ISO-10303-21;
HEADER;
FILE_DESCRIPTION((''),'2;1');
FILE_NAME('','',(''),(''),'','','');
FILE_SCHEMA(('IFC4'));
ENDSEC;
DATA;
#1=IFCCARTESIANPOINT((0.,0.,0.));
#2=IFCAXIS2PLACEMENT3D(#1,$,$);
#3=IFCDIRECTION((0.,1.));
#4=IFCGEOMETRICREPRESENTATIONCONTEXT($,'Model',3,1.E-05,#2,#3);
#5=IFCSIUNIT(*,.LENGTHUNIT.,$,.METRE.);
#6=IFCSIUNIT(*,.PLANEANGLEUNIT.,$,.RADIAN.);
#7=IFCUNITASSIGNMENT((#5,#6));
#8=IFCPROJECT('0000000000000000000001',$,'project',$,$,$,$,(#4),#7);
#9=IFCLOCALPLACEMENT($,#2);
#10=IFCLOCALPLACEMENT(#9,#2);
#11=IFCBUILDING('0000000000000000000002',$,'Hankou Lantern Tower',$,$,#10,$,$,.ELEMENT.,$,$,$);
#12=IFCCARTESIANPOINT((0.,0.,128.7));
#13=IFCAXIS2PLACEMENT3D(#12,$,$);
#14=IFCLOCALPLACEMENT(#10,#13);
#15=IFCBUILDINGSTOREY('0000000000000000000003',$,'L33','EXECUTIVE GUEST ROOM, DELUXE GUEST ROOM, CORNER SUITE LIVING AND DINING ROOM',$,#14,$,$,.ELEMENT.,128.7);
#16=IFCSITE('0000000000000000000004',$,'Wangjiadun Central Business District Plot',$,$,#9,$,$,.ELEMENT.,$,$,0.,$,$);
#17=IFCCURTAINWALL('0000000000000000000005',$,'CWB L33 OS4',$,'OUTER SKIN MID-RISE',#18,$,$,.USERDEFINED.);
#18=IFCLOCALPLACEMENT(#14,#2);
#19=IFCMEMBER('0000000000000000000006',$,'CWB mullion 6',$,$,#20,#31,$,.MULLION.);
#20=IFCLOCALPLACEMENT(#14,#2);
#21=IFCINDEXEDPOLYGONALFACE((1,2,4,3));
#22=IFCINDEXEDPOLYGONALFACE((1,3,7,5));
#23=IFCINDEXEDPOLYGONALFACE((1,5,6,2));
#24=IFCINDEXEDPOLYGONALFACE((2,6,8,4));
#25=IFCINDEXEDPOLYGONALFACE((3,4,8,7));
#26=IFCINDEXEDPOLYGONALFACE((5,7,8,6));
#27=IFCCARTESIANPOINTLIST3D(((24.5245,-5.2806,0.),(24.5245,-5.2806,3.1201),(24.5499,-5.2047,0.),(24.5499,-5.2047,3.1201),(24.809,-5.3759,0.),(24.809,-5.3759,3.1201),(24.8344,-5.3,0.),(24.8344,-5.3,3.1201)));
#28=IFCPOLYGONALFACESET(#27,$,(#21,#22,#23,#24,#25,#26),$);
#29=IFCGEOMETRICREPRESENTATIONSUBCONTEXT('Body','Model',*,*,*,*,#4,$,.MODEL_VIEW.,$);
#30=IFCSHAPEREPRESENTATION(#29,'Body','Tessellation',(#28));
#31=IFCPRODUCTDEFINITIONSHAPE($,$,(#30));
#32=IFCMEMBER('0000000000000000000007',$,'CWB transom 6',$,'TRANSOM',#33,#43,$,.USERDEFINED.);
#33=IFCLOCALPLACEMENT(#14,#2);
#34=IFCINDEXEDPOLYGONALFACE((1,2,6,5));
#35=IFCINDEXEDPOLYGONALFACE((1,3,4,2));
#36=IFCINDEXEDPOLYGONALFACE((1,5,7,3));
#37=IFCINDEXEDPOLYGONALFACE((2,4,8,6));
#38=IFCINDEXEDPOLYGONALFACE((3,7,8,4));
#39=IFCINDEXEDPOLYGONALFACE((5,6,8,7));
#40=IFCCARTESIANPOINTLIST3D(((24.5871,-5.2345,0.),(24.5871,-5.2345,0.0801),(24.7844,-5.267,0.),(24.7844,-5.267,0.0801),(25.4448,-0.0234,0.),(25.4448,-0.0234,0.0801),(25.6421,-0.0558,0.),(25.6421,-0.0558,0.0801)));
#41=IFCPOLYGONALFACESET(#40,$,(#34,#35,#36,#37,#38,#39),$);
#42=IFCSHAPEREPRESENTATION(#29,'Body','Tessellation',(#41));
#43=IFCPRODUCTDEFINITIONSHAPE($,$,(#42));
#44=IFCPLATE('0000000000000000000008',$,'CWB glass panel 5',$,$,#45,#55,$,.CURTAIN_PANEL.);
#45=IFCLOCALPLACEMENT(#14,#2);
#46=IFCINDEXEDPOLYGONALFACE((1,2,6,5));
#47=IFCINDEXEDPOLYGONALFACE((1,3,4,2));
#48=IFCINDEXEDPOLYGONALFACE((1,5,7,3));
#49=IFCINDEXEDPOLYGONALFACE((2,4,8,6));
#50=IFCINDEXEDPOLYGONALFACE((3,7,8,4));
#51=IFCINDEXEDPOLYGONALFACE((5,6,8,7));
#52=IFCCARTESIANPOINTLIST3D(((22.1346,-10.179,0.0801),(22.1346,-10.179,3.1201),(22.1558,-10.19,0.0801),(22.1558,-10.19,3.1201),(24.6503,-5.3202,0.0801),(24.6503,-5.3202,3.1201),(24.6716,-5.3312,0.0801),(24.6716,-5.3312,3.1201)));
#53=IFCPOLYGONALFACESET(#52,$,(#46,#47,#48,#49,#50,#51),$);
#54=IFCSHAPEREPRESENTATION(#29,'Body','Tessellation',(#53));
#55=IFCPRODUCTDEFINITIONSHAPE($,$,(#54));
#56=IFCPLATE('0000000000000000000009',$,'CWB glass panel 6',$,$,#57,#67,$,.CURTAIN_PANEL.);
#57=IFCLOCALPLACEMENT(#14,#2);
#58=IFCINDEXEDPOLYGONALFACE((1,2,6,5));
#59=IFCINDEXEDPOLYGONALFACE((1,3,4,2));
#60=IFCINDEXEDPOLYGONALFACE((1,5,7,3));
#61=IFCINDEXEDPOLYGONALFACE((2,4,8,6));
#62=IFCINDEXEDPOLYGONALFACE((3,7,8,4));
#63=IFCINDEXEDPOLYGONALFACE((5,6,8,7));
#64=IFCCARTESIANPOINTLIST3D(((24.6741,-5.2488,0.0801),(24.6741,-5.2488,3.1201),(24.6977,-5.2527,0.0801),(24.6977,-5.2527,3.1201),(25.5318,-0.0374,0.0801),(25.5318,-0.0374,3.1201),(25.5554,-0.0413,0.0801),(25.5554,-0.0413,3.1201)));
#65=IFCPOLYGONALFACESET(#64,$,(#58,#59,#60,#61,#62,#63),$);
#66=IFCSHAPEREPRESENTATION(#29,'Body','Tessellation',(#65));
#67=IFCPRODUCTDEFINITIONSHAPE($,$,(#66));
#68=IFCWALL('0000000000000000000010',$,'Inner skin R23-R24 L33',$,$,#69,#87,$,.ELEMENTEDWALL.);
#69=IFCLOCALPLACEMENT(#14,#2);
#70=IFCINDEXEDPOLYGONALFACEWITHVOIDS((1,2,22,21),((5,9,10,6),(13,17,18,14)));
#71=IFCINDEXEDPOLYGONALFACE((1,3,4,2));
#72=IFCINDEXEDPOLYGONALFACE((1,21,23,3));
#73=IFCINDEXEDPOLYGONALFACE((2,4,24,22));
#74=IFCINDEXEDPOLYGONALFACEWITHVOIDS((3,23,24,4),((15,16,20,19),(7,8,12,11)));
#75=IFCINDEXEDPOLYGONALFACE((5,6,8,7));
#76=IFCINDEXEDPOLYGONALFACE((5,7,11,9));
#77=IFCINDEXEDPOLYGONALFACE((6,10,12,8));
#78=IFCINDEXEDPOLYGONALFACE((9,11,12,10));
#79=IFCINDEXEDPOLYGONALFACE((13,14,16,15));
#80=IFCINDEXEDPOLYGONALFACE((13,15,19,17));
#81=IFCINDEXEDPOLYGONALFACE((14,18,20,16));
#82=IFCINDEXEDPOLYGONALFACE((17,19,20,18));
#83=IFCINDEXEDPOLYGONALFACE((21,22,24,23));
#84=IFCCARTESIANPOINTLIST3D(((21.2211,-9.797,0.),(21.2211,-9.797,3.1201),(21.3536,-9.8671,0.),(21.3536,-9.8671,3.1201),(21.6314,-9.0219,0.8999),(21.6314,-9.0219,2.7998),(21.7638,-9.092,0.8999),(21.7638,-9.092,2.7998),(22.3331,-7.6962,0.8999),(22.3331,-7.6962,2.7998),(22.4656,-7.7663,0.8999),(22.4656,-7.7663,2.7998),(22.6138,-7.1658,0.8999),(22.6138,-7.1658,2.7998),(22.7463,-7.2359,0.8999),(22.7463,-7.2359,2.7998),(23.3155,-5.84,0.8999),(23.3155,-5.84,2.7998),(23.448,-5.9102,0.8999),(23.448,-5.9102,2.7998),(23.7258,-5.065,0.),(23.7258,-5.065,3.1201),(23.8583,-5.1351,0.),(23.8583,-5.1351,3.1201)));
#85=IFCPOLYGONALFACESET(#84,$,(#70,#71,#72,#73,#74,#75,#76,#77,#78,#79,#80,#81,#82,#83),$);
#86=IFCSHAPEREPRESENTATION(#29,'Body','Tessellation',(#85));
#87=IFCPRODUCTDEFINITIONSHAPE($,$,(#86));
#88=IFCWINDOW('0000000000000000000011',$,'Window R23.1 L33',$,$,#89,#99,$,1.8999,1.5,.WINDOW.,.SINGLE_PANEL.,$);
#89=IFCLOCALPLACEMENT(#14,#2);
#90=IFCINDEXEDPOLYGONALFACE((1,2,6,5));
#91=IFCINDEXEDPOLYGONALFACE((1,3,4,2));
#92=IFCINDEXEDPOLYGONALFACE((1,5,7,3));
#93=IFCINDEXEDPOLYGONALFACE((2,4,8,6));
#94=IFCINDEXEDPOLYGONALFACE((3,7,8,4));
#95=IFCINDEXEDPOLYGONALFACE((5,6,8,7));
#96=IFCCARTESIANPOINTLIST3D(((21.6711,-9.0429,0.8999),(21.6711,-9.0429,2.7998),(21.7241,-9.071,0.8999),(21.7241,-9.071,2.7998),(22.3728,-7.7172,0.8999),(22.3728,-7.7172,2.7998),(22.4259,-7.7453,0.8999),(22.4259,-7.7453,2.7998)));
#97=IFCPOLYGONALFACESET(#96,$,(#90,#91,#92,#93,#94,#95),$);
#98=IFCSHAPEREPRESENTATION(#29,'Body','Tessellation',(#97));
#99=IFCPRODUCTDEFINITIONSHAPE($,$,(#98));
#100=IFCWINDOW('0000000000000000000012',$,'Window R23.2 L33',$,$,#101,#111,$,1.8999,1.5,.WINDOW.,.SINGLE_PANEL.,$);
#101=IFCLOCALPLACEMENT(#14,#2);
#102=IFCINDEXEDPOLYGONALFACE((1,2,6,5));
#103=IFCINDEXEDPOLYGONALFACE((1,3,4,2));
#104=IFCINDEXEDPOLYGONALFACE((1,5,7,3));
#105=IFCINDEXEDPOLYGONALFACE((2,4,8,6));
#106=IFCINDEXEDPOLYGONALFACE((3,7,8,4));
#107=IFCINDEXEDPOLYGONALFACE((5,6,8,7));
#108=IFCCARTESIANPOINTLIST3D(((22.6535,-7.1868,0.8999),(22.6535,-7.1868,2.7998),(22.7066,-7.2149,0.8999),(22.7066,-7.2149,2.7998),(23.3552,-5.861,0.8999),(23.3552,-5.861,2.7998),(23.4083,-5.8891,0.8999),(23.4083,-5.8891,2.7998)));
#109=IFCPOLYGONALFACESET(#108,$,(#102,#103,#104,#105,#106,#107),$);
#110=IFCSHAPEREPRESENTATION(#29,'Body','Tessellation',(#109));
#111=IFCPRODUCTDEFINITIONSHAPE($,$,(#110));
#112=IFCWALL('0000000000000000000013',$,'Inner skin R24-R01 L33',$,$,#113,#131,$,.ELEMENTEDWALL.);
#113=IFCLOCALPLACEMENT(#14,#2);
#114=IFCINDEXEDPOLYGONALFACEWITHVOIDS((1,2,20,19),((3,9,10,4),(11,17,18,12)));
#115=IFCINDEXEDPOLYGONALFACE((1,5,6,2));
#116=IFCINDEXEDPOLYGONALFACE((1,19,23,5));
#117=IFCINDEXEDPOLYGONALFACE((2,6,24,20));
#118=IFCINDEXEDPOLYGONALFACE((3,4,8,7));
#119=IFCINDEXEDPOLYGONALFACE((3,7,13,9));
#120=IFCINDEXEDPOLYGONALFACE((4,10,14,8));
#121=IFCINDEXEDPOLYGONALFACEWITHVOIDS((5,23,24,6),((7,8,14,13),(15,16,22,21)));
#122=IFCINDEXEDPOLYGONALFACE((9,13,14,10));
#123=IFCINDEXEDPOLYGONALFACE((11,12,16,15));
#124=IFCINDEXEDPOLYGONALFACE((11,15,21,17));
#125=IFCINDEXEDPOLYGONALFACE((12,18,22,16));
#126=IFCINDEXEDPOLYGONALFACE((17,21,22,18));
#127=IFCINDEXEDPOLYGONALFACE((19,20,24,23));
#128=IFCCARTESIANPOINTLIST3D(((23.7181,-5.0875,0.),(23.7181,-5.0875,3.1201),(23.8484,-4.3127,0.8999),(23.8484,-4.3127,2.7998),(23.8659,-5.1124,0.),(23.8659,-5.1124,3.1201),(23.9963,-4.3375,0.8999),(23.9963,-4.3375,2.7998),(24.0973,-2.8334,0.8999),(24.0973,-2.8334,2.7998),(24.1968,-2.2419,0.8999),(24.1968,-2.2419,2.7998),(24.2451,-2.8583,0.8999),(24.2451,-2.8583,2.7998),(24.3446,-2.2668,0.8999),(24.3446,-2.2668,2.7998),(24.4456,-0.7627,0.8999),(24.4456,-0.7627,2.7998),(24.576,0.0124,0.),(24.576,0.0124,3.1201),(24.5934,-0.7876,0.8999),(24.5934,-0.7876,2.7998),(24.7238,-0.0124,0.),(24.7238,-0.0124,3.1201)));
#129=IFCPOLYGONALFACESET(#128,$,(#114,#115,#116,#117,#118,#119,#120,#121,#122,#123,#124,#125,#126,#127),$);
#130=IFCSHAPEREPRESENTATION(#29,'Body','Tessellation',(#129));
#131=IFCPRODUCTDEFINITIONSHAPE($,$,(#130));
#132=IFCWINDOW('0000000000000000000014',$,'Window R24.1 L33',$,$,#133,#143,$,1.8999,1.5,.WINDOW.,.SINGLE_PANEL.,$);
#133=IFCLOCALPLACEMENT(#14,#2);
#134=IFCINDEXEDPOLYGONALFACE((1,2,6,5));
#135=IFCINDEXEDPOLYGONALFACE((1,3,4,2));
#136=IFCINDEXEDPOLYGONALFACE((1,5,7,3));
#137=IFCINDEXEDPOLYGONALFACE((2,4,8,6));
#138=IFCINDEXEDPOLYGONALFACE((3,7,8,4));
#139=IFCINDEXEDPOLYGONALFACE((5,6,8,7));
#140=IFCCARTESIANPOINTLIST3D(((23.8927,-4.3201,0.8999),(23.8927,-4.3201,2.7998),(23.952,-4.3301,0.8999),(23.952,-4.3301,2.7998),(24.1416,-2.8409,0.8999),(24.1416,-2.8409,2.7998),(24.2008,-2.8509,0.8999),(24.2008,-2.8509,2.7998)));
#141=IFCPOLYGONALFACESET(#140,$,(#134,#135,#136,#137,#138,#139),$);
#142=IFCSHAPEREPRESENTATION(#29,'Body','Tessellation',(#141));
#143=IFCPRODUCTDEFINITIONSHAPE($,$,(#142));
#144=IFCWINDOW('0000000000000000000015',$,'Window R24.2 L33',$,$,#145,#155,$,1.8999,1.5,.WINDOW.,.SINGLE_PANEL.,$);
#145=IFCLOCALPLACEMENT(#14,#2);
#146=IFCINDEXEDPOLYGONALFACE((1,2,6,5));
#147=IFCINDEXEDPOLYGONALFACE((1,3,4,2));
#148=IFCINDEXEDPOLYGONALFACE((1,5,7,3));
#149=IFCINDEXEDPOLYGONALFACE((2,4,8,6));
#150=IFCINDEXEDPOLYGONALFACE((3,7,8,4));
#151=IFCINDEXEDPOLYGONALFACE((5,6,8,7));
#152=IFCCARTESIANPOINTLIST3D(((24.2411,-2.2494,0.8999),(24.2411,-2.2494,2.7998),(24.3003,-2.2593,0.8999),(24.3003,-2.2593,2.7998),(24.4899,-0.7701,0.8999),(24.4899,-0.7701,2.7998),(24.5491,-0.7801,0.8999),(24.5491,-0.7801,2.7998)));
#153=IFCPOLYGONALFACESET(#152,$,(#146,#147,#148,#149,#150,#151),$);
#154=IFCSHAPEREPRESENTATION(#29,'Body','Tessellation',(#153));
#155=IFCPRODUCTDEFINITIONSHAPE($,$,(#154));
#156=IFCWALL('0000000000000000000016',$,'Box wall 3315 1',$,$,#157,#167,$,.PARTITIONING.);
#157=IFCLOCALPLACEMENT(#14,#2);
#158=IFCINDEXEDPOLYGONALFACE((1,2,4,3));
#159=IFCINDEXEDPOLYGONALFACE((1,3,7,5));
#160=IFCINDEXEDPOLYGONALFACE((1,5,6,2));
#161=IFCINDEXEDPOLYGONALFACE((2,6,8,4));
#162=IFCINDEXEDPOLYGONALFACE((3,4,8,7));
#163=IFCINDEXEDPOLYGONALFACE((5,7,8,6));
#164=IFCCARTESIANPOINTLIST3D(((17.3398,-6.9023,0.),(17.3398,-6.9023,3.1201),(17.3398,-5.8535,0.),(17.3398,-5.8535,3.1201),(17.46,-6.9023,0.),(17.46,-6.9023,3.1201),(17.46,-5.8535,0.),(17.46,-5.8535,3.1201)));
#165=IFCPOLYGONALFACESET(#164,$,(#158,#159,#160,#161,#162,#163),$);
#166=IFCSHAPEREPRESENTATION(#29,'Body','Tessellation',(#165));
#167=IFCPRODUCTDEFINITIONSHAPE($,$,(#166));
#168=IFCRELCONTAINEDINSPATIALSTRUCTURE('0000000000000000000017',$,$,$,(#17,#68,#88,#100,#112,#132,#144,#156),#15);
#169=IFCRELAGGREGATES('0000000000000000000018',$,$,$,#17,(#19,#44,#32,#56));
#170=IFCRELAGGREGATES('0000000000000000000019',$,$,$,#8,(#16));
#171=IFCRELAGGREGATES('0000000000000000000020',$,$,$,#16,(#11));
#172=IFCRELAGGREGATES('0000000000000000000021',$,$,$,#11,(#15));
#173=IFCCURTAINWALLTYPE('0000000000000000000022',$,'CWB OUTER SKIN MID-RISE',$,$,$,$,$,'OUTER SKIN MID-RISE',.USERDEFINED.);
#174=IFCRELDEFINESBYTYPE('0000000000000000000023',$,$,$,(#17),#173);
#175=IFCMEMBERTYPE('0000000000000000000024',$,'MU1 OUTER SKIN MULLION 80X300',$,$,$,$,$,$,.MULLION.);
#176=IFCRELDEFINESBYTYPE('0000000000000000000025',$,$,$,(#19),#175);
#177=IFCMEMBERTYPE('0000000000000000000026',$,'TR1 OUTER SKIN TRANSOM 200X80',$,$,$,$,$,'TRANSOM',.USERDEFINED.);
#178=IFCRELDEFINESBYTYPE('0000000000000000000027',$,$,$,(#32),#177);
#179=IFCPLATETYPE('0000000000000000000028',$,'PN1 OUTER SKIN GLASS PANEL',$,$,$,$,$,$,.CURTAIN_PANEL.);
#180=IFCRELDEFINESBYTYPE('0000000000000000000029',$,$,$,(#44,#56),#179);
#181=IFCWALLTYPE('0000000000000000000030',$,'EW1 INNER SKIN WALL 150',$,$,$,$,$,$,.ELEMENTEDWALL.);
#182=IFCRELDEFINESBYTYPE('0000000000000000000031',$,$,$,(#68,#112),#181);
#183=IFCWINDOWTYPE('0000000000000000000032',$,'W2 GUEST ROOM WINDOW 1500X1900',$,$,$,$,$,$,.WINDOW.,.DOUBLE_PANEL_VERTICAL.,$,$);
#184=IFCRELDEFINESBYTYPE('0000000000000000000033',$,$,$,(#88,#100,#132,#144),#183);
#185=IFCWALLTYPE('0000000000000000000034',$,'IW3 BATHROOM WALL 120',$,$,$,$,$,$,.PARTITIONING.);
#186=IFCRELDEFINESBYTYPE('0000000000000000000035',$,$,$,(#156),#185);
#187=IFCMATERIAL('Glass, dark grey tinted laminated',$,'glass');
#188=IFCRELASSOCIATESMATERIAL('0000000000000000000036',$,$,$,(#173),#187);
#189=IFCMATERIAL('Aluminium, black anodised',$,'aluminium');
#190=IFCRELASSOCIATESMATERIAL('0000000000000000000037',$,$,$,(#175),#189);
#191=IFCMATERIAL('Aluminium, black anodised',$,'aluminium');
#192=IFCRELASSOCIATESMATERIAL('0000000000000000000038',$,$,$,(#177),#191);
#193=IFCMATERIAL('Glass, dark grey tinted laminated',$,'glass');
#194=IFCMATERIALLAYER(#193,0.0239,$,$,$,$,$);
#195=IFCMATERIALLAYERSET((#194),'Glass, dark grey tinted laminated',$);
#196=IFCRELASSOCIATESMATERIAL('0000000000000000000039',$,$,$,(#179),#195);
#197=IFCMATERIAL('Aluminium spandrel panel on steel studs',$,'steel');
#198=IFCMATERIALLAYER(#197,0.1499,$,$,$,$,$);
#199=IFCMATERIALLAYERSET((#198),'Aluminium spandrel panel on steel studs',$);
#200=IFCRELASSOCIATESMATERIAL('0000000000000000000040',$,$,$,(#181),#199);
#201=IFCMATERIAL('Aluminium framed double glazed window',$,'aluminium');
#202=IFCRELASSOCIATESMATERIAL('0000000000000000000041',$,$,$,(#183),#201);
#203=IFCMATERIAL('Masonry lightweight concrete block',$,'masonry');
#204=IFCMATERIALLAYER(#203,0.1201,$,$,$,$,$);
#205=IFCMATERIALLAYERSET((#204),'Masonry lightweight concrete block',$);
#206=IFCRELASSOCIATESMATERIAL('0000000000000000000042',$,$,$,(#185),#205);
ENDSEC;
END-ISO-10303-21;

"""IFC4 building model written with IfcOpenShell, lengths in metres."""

from ifc_helpers import new_model, si_unit, direction, frame, frame_2d, origin, origin_2d, place, context, subcontext, project, spatial, rectangle, extrude, material, layer, layer_set, material_profile, profile_set, type_object, element, fill, aggregate, save


model = new_model("IFC4")

# Units and contexts
model_context = context("Model", 3, precision=1e-05, world=origin(), true_north=direction((0.0, 1.0)))
body_context = subcontext(model_context, "Body", "Model", "MODEL_VIEW")
ifc_project = project(units=[si_unit("LENGTHUNIT", "METRE"), si_unit("PLANEANGLEUNIT", "RADIAN")], contexts=[model_context])

# Site, building, storey
site_placement = place(None, origin())
site = spatial("IfcSite", under=ifc_project, at=site_placement, Name="Wangjiadun Central Business District Plot", CompositionType="ELEMENT", RefElevation=0.0)
building_placement = place(site_placement, origin())
building = spatial("IfcBuilding", under=site, at=building_placement, Name="Hankou Lantern Tower", CompositionType="ELEMENT")
storey_placement = place(building_placement, frame((0.0, 0.0, 128.7)))
storey = spatial("IfcBuildingStorey", under=building, at=storey_placement, Name="L33", Description="EXECUTIVE GUEST ROOM, DELUXE GUEST ROOM, CORNER SUITE LIVING AND DINING ROOM", CompositionType="ELEMENT", Elevation=128.7)

# Curtain wall, members, plates
ifc_material_1 = material(Name="Glass, dark grey tinted laminated", Category="glass")
curtain_wall_type = type_object("IfcCurtainWallType", Name="CWB OUTER SKIN MID-RISE", ElementType="OUTER SKIN MID-RISE", PredefinedType="USERDEFINED", material=ifc_material_1)
curtain_wall_placement = place(storey_placement, origin())
curtain_wall = element("IfcCurtainWall", 1, at=curtain_wall_placement, inside=storey, type_object=curtain_wall_type, Name="CWB L33 OS4", ObjectType="OUTER SKIN MID-RISE", PredefinedType="USERDEFINED")
ifc_material_2 = material(Name="Aluminium, black anodised", Category="aluminium")
ifc_material_profile_1 = material_profile(ifc_material_2, rectangle(XDim=0.0801, YDim=0.3, at=origin_2d()), Name="MU1 80X300")
ifc_profile_set_1 = profile_set([ifc_material_profile_1], Name="Aluminium, black anodised")
member_type_1 = type_object("IfcMemberType", Name="MU1 OUTER SKIN MULLION 80X300", PredefinedType="MULLION", material=ifc_profile_set_1)
member_1_placement = place(storey_placement, frame((24.6794, -5.2903, 0.0), z_axis=(0.0, 0.0, 1.0), x_axis=(0.317596, 0.948226, 0.0)))
member_1 = element("IfcMember", 2, at=member_1_placement, type_object=member_type_1, Name="CWB mullion 6", PredefinedType="MULLION", context=body_context, shape_type="SweptSolid", body=[
    extrude(rectangle(XDim=0.0801, YDim=0.3, at=origin_2d()), origin(), (0.0, 0.0, 1.0), 3.1201),
])
ifc_material_3 = material(Name="Aluminium, black anodised", Category="aluminium")
ifc_material_profile_2 = material_profile(ifc_material_3, rectangle(XDim=0.2, YDim=0.0801, at=origin_2d()), Name="TR1 200X80")
ifc_profile_set_2 = profile_set([ifc_material_profile_2], Name="Aluminium, black anodised")
member_type_2 = type_object("IfcMemberType", Name="TR1 OUTER SKIN TRANSOM 200X80", ElementType="TRANSOM", PredefinedType="USERDEFINED", material=ifc_profile_set_2)
member_2_placement = place(storey_placement, frame((24.6858, -5.2507, 0.04), z_axis=(0.162397, 0.986725, 0.0), x_axis=(-0.986725, 0.162397, 0.0)))
member_2 = element("IfcMember", 3, at=member_2_placement, type_object=member_type_2, Name="CWB transom 6", ObjectType="TRANSOM", PredefinedType="USERDEFINED", context=body_context, shape_type="SweptSolid", body=[
    extrude(rectangle(XDim=0.2, YDim=0.0801, at=origin_2d()), origin(), (0.0, 0.0, 1.0), 5.2812),
])
ifc_material_4 = material(Name="Glass, dark grey tinted laminated", Category="glass")
ifc_layer_1 = layer(ifc_material_4, 0.0239)
ifc_layer_set_1 = layer_set([ifc_layer_1], Name="Glass, dark grey tinted laminated")
plate_type = type_object("IfcPlateType", Name="PN1 OUTER SKIN GLASS PANEL", PredefinedType="CURTAIN_PANEL", material=ifc_layer_set_1)
plate_1_placement = place(storey_placement, frame((23.4031, -7.7551, 0.0801), z_axis=(0.0, 0.0, 1.0), x_axis=(0.459791, 0.888027, 0.0)))
plate_1 = element("IfcPlate", 4, at=plate_1_placement, type_object=plate_type, Name="CWB glass panel 5", PredefinedType="CURTAIN_PANEL", context=body_context, shape_type="SweptSolid", body=[
    extrude(rectangle(XDim=5.4714, YDim=0.0239, at=origin_2d()), origin(), (0.0, 0.0, 1.0), 3.04),
])
plate_2_placement = place(storey_placement, frame((25.1147, -2.645, 0.0801), z_axis=(0.0, 0.0, 1.0), x_axis=(0.162382, 0.986728, 0.0)))
plate_2 = element("IfcPlate", 5, at=plate_2_placement, type_object=plate_type, Name="CWB glass panel 6", PredefinedType="CURTAIN_PANEL", context=body_context, shape_type="SweptSolid", body=[
    extrude(rectangle(XDim=5.2815, YDim=0.0239, at=origin_2d()), origin(), (0.0, 0.0, 1.0), 3.04),
])
aggregate(curtain_wall, [member_1, plate_1, member_2, plate_2])

# Walls, openings, windows
ifc_material_5 = material(Name="Aluminium spandrel panel on steel studs", Category="steel")
ifc_layer_2 = layer(ifc_material_5, 0.1499)
ifc_layer_set_2 = layer_set([ifc_layer_2], Name="Aluminium spandrel panel on steel studs")
wall_type_1 = type_object("IfcWallType", Name="EW1 INNER SKIN WALL 150", PredefinedType="ELEMENTEDWALL", material=ifc_layer_set_2)
wall_1_placement = place(storey_placement, frame((21.2874, -9.832, 0.0), z_axis=(0.0, 0.0, 1.0), x_axis=(0.467814, 0.883827, 0.0)))
wall_1 = element("IfcWall", 6, at=wall_1_placement, inside=storey, type_object=wall_type_1, Name="Inner skin R23-R24 L33", PredefinedType="ELEMENTEDWALL", context=body_context, shape_type="SweptSolid", body=[
    extrude(rectangle(XDim=5.354, YDim=0.1499, at=frame_2d((2.677, 0.0))), origin(), (0.0, 0.0, 1.0), 3.1201),
])
opening_1_placement = place(wall_1_placement, frame((0.877, 0.0, 0.8999)))
opening_1 = element("IfcOpeningElement", 7, at=opening_1_placement, cuts=wall_1, PredefinedType="OPENING", context=body_context, shape_type="SweptSolid", body=[
    extrude(rectangle(XDim=1.5, YDim=1.8999, at=frame_2d((0.75, 0.95))), frame((0.0, 0.085, 0.0), z_axis=(0.0, -1.0, 0.0), x_axis=(1.0, 0.0, 0.0)), (0.0, 0.0, 1.0), 0.1699),
])
opening_2_placement = place(wall_1_placement, frame((2.9771, 0.0, 0.8999)))
opening_2 = element("IfcOpeningElement", 8, at=opening_2_placement, cuts=wall_1, PredefinedType="OPENING", context=body_context, shape_type="SweptSolid", body=[
    extrude(rectangle(XDim=1.5, YDim=1.8999, at=frame_2d((0.75, 0.95))), frame((0.0, 0.085, 0.0), z_axis=(0.0, -1.0, 0.0), x_axis=(1.0, 0.0, 0.0)), (0.0, 0.0, 1.0), 0.1699),
])
ifc_material_6 = material(Name="Aluminium framed double glazed window", Category="aluminium")
window_type = type_object("IfcWindowType", Name="W2 GUEST ROOM WINDOW 1500X1900", PartitioningType="DOUBLE_PANEL_VERTICAL", PredefinedType="WINDOW", material=ifc_material_6)
window_1_placement = place(opening_1_placement, origin())
window_1 = element("IfcWindow", 9, at=window_1_placement, inside=storey, type_object=window_type, Name="Window R23.1 L33", OverallHeight=1.8999, OverallWidth=1.5, PartitioningType="SINGLE_PANEL", PredefinedType="WINDOW", context=body_context, shape_type="SweptSolid", body=[
    extrude(rectangle(XDim=1.5, YDim=1.8999, at=frame_2d((0.75, 0.95))), frame((0.0, 0.03, 0.0), z_axis=(0.0, -1.0, 0.0), x_axis=(1.0, 0.0, 0.0)), (0.0, 0.0, 1.0), 0.0601),
])
fill(opening_1, window_1)
window_2_placement = place(opening_2_placement, origin())
window_2 = element("IfcWindow", 10, at=window_2_placement, inside=storey, type_object=window_type, Name="Window R23.2 L33", OverallHeight=1.8999, OverallWidth=1.5, PartitioningType="SINGLE_PANEL", PredefinedType="WINDOW", context=body_context, shape_type="SweptSolid", body=[
    extrude(rectangle(XDim=1.5, YDim=1.8999, at=frame_2d((0.75, 0.95))), frame((0.0, 0.03, 0.0), z_axis=(0.0, -1.0, 0.0), x_axis=(1.0, 0.0, 0.0)), (0.0, 0.0, 1.0), 0.0601),
])
fill(opening_2, window_2)
wall_2_placement = place(storey_placement, frame((23.792, -5.1001, 0.0), z_axis=(0.0, 0.0, 1.0), x_axis=(0.165884, 0.986145, 0.0)))
wall_2 = element("IfcWall", 11, at=wall_2_placement, inside=storey, type_object=wall_type_1, Name="Inner skin R24-R01 L33", PredefinedType="ELEMENTEDWALL", context=body_context, shape_type="SweptSolid", body=[
    extrude(rectangle(XDim=5.1716, YDim=0.1499, at=frame_2d((2.5859, 0.0))), origin(), (0.0, 0.0, 1.0), 3.1201),
])
opening_3_placement = place(wall_2_placement, frame((0.7859, 0.0, 0.8999)))
opening_3 = element("IfcOpeningElement", 12, at=opening_3_placement, cuts=wall_2, PredefinedType="OPENING", context=body_context, shape_type="SweptSolid", body=[
    extrude(rectangle(XDim=1.5, YDim=1.8999, at=frame_2d((0.75, 0.95))), frame((0.0, 0.085, 0.0), z_axis=(0.0, -1.0, 0.0), x_axis=(1.0, 0.0, 0.0)), (0.0, 0.0, 1.0), 0.1699),
])
opening_4_placement = place(wall_2_placement, frame((2.8857, 0.0, 0.8999)))
opening_4 = element("IfcOpeningElement", 13, at=opening_4_placement, cuts=wall_2, PredefinedType="OPENING", context=body_context, shape_type="SweptSolid", body=[
    extrude(rectangle(XDim=1.5, YDim=1.8999, at=frame_2d((0.75, 0.95))), frame((0.0, 0.085, 0.0), z_axis=(0.0, -1.0, 0.0), x_axis=(1.0, 0.0, 0.0)), (0.0, 0.0, 1.0), 0.1699),
])
window_3_placement = place(opening_3_placement, origin())
window_3 = element("IfcWindow", 14, at=window_3_placement, inside=storey, type_object=window_type, Name="Window R24.1 L33", OverallHeight=1.8999, OverallWidth=1.5, PartitioningType="SINGLE_PANEL", PredefinedType="WINDOW", context=body_context, shape_type="SweptSolid", body=[
    extrude(rectangle(XDim=1.5, YDim=1.8999, at=frame_2d((0.75, 0.95))), frame((0.0, 0.03, 0.0), z_axis=(0.0, -1.0, 0.0), x_axis=(1.0, 0.0, 0.0)), (0.0, 0.0, 1.0), 0.0601),
])
fill(opening_3, window_3)
window_4_placement = place(opening_4_placement, origin())
window_4 = element("IfcWindow", 15, at=window_4_placement, inside=storey, type_object=window_type, Name="Window R24.2 L33", OverallHeight=1.8999, OverallWidth=1.5, PartitioningType="SINGLE_PANEL", PredefinedType="WINDOW", context=body_context, shape_type="SweptSolid", body=[
    extrude(rectangle(XDim=1.5, YDim=1.8999, at=frame_2d((0.75, 0.95))), frame((0.0, 0.03, 0.0), z_axis=(0.0, -1.0, 0.0), x_axis=(1.0, 0.0, 0.0)), (0.0, 0.0, 1.0), 0.0601),
])
fill(opening_4, window_4)

# Wall
ifc_material_7 = material(Name="Masonry lightweight concrete block", Category="masonry")
ifc_layer_3 = layer(ifc_material_7, 0.1201)
ifc_layer_set_3 = layer_set([ifc_layer_3], Name="Masonry lightweight concrete block")
wall_type_2 = type_object("IfcWallType", Name="IW3 BATHROOM WALL 120", PredefinedType="PARTITIONING", material=ifc_layer_set_3)
wall_3_placement = place(storey_placement, frame((17.3999, -5.8535, 0.0), z_axis=(0.0, 0.0, 1.0), x_axis=(0.0, -1.0, 0.0)))
element("IfcWall", 16, at=wall_3_placement, inside=storey, type_object=wall_type_2, Name="Box wall 3315 1", PredefinedType="PARTITIONING", context=body_context, shape_type="SweptSolid", body=[
    extrude(rectangle(XDim=1.0488, YDim=0.1201, at=frame_2d((0.5244, 0.0))), origin(), (0.0, 0.0, 1.0), 3.1201),
])

save(model, "model.ifc")
